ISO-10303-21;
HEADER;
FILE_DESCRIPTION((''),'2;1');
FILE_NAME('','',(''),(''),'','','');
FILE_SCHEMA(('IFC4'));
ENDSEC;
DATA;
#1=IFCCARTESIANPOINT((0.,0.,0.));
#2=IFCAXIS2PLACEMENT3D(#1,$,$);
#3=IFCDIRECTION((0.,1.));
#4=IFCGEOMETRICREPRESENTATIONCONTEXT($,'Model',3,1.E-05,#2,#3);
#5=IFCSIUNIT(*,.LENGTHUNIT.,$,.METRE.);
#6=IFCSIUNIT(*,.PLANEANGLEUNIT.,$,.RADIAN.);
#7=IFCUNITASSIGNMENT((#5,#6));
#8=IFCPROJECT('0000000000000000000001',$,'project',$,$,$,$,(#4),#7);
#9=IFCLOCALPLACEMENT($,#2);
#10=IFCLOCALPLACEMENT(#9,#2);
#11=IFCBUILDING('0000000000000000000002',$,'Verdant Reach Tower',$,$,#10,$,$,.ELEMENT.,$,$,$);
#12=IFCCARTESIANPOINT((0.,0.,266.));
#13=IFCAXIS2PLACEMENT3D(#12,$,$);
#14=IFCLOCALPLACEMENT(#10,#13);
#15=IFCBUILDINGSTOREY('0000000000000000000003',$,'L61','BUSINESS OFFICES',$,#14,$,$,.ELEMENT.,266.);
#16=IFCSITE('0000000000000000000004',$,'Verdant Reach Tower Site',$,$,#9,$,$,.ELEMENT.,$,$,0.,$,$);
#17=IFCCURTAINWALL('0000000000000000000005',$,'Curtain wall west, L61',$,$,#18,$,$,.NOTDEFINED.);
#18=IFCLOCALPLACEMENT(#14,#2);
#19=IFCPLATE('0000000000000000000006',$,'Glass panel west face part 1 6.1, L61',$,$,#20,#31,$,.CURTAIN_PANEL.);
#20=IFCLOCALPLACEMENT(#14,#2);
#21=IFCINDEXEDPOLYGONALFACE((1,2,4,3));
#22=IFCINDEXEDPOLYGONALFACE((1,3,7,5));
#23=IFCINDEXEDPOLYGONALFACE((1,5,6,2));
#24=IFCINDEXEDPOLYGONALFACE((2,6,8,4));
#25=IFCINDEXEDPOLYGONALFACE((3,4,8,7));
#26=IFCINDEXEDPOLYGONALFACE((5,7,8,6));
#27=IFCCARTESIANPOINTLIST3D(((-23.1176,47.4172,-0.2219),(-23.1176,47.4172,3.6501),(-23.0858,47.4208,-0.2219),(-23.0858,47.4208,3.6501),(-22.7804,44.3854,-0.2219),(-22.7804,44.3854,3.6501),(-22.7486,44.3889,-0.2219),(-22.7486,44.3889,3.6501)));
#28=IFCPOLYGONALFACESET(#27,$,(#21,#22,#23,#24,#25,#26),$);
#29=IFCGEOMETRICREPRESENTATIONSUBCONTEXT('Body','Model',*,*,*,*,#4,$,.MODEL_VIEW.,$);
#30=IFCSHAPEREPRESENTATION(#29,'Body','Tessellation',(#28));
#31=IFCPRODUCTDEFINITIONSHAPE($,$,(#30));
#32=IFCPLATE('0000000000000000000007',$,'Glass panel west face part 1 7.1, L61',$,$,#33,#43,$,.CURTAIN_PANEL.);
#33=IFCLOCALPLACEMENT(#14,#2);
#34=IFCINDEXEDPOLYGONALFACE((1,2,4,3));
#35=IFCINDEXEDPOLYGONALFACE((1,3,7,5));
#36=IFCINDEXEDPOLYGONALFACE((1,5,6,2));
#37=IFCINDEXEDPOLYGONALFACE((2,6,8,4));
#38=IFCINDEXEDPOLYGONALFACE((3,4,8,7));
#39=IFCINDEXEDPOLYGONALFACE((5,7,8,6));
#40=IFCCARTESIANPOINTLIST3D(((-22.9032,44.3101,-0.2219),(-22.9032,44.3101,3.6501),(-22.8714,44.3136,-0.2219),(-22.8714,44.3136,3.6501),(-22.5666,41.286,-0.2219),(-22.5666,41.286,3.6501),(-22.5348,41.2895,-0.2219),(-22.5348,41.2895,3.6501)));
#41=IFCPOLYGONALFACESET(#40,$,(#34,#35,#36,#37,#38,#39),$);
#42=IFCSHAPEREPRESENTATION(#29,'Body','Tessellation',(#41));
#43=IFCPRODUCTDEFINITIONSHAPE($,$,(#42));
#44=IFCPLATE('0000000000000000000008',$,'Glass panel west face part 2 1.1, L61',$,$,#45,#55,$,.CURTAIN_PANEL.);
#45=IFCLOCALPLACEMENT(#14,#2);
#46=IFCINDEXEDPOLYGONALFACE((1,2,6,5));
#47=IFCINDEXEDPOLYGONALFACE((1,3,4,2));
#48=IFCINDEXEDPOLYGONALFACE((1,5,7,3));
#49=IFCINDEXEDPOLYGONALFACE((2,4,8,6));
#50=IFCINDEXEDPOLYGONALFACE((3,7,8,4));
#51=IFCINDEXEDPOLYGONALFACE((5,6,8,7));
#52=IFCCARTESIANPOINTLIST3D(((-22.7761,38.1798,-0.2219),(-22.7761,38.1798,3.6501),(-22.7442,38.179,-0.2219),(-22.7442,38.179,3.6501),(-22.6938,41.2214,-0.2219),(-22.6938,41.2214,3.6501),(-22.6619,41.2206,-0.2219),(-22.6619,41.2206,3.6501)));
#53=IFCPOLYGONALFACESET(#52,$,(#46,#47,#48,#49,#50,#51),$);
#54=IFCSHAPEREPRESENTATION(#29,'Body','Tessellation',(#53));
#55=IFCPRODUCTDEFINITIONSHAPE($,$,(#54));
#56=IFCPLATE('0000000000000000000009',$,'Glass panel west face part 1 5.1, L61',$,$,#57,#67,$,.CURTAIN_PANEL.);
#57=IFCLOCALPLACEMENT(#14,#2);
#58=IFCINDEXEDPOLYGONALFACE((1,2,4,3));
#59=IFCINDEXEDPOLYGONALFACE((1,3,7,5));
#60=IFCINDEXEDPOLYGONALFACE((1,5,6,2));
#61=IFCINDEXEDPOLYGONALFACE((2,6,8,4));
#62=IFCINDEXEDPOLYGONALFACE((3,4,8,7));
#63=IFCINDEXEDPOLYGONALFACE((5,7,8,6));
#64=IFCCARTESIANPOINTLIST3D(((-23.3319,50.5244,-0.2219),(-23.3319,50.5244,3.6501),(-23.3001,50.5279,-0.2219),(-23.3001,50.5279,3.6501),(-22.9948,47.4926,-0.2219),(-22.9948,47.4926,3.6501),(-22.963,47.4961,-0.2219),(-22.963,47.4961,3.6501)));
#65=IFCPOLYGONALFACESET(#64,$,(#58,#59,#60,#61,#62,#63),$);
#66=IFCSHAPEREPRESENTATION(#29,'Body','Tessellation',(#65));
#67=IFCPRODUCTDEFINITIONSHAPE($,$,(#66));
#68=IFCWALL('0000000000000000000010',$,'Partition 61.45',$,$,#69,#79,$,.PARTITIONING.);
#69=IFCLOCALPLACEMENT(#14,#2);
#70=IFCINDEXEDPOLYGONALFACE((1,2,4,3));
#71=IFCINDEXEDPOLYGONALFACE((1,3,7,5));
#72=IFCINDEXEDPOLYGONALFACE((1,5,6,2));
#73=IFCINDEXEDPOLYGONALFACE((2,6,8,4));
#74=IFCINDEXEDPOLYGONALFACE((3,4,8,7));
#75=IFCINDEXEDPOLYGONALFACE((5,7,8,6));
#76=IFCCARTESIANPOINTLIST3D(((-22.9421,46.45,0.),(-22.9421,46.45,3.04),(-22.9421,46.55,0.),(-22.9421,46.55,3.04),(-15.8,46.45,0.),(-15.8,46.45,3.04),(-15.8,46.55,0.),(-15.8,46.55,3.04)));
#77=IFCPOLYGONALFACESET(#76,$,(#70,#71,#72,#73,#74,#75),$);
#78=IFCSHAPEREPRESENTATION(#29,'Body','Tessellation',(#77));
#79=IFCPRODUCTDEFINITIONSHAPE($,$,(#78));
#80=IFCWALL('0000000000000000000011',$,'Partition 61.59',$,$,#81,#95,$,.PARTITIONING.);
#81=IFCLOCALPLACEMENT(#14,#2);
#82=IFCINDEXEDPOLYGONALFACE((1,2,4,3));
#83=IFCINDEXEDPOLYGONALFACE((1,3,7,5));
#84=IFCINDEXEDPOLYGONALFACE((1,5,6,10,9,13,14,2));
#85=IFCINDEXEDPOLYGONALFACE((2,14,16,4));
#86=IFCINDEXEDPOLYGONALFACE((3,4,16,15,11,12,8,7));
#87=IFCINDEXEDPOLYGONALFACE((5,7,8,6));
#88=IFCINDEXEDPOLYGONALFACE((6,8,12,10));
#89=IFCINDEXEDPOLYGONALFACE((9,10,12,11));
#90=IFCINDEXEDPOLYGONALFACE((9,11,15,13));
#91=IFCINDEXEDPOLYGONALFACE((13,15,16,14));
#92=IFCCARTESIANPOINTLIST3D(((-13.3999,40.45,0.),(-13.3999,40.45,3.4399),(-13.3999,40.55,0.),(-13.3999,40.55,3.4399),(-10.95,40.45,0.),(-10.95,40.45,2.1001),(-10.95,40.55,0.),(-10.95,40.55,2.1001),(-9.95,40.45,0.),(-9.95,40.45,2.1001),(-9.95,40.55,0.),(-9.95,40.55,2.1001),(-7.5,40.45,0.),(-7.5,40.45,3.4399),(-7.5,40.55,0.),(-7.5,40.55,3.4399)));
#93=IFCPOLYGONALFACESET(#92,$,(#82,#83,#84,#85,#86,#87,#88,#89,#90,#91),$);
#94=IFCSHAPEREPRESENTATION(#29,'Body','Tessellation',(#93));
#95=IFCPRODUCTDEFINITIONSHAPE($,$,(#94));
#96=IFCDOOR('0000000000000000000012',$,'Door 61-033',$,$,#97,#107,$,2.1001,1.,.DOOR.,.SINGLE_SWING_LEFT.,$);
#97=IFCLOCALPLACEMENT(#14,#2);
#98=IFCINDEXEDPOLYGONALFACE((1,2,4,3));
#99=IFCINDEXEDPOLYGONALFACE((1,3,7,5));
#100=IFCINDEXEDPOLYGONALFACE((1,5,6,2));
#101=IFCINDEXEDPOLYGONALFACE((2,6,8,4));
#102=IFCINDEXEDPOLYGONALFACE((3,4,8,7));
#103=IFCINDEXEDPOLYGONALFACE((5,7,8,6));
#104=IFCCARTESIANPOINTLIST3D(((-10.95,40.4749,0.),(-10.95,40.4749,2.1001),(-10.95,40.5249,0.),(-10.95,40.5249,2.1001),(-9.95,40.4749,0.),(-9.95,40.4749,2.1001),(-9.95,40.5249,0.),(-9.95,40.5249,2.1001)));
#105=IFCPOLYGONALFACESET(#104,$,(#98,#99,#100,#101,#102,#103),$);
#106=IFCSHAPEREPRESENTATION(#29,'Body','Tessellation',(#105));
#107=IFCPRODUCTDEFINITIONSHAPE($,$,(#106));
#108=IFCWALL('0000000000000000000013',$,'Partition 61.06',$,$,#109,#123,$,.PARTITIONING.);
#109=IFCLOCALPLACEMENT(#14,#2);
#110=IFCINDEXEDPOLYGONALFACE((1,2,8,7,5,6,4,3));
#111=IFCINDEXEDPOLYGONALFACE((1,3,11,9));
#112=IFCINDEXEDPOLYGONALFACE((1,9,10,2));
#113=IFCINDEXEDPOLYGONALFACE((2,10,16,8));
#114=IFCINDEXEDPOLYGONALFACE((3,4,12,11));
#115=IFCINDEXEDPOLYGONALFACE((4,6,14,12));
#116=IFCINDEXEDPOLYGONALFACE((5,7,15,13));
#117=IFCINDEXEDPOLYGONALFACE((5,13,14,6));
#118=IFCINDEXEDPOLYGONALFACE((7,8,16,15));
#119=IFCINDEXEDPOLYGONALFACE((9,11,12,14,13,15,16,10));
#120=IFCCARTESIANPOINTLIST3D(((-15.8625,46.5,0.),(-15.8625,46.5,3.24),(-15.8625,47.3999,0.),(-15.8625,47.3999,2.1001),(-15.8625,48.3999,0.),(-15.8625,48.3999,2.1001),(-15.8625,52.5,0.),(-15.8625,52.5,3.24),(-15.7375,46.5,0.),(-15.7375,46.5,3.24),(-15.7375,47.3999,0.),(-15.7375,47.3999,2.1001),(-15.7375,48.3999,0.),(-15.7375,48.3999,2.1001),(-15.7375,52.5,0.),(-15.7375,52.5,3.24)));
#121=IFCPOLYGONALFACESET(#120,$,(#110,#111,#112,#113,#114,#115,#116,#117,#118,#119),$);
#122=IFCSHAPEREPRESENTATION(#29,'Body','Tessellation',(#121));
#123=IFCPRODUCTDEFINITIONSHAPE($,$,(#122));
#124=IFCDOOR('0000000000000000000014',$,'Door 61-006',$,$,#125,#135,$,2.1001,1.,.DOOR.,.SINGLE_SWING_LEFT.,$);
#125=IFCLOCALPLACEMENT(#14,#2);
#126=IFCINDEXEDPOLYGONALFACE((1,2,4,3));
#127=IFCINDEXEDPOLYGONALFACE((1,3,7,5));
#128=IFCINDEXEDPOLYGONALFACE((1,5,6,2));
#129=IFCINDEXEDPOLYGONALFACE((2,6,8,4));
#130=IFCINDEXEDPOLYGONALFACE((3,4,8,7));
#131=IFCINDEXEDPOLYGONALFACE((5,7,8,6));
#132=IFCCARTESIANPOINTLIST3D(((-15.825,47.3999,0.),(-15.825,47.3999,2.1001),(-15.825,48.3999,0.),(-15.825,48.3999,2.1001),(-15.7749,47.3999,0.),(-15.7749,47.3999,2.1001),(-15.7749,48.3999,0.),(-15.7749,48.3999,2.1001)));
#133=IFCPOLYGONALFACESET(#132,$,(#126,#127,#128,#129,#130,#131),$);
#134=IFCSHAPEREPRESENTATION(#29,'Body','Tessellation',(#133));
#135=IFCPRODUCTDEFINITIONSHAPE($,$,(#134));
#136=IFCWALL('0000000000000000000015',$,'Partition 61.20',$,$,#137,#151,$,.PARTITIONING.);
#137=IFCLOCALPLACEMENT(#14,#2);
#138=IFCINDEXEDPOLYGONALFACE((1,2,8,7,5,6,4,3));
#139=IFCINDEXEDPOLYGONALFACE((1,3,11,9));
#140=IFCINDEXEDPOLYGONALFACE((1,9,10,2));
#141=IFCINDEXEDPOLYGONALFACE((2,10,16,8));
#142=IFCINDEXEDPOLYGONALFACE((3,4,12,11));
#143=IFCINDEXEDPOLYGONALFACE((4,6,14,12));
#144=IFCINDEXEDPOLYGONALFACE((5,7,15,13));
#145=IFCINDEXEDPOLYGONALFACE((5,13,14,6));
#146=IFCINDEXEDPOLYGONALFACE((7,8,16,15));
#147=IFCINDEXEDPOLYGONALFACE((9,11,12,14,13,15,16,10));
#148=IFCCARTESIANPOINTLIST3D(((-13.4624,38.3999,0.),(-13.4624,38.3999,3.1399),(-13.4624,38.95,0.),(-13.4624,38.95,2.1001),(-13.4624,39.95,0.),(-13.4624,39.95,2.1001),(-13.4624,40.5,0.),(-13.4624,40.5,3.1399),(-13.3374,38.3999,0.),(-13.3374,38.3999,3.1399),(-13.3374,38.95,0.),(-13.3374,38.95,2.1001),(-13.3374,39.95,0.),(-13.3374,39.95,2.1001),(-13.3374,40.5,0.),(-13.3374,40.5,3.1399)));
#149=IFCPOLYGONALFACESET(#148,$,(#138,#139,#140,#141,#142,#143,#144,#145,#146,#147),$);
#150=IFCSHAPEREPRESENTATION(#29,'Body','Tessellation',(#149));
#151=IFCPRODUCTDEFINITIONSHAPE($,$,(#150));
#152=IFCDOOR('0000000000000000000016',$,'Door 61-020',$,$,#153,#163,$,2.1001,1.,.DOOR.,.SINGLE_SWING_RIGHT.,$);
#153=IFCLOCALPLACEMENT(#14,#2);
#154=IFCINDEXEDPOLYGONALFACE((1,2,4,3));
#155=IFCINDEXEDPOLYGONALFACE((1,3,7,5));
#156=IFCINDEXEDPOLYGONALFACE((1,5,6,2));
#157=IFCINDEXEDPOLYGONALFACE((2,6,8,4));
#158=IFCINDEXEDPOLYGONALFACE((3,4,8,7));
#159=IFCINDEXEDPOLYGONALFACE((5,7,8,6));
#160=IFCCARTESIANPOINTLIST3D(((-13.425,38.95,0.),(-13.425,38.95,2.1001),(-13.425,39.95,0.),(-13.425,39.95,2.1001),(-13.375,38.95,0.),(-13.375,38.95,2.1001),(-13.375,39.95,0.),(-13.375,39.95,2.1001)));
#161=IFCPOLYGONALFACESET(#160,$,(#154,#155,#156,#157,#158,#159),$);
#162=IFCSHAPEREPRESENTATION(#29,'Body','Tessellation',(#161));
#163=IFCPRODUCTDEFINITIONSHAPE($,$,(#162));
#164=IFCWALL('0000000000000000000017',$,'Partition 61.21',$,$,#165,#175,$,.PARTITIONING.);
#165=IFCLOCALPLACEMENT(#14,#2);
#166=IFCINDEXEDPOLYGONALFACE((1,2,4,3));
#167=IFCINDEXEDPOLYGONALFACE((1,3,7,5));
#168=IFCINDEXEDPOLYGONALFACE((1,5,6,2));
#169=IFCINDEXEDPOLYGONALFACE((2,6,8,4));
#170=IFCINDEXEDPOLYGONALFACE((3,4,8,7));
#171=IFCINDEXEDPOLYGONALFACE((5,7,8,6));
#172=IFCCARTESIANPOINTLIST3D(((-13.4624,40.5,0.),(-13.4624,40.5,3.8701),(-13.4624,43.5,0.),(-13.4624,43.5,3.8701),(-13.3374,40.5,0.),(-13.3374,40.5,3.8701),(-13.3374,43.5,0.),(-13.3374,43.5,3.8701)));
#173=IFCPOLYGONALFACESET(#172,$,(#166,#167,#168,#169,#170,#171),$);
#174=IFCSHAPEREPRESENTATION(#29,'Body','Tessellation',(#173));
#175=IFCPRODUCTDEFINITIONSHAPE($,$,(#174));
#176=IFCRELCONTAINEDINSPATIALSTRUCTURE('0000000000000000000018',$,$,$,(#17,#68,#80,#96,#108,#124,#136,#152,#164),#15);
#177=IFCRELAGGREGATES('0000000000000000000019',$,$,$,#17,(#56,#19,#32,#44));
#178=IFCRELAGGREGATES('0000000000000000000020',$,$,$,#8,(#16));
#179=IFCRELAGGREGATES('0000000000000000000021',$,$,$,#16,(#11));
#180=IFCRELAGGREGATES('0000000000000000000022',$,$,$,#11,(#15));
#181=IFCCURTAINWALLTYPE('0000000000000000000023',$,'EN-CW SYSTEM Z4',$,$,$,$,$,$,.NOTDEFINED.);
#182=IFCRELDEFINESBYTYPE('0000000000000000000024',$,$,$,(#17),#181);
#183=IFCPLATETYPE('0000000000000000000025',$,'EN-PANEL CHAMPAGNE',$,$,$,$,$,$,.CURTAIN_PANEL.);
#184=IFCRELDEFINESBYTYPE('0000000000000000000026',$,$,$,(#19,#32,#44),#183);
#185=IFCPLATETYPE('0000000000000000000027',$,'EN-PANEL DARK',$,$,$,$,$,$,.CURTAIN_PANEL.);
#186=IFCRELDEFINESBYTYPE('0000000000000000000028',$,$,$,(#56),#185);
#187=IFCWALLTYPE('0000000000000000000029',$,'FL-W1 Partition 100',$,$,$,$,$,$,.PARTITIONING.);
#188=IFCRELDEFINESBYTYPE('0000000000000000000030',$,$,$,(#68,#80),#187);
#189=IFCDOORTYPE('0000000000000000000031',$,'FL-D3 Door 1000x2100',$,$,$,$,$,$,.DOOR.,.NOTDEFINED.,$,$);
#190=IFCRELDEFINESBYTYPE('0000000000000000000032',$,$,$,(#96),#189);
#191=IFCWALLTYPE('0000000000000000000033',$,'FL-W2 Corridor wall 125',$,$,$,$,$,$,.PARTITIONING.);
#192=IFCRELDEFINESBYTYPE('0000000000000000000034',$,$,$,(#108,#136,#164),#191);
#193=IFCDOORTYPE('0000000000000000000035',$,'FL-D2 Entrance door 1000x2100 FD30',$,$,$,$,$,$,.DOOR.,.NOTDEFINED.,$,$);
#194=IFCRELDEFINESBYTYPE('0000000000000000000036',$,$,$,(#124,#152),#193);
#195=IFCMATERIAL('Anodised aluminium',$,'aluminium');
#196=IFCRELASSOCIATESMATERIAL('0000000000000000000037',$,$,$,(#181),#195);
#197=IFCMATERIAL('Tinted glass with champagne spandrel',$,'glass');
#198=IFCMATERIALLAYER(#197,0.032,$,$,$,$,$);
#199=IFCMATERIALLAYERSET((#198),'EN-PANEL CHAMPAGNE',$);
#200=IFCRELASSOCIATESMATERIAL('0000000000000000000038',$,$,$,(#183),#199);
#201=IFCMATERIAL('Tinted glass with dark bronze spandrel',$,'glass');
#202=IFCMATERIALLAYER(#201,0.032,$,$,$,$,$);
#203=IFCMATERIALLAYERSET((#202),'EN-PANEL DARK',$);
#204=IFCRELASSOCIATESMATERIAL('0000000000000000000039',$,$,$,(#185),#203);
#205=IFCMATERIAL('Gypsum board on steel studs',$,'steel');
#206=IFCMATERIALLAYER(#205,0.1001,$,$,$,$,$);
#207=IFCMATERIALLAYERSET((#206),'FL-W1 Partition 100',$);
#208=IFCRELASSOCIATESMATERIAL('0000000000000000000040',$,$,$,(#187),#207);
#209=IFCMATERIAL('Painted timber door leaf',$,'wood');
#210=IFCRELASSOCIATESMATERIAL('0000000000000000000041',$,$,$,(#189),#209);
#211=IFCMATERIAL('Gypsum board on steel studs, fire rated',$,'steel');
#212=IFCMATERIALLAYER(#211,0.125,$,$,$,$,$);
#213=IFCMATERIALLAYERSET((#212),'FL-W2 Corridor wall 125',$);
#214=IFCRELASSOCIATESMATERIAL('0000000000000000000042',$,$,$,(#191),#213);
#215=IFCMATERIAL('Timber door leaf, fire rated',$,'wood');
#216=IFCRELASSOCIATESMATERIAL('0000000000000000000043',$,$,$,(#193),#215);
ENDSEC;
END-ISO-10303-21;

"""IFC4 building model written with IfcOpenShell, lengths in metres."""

from ifc_helpers import new_model, si_unit, direction, frame, frame_2d, origin, origin_2d, place, context, subcontext, project, spatial, rectangle, extrude, material, layer, layer_set, type_object, element, fill, aggregate, save


model = new_model("IFC4")

# Units and contexts
model_context = context("Model", 3, precision=1e-05, world=origin(), true_north=direction((0.0, 1.0)))
body_context = subcontext(model_context, "Body", "Model", "MODEL_VIEW")
ifc_project = project(units=[si_unit("LENGTHUNIT", "METRE"), si_unit("PLANEANGLEUNIT", "RADIAN")], contexts=[model_context])

# Site, building, storey
site_placement = place(None, origin())
site = spatial("IfcSite", under=ifc_project, at=site_placement, Name="Verdant Reach Tower Site", CompositionType="ELEMENT", RefElevation=0.0)
building_placement = place(site_placement, origin())
building = spatial("IfcBuilding", under=site, at=building_placement, Name="Verdant Reach Tower", CompositionType="ELEMENT")
storey_placement = place(building_placement, frame((0.0, 0.0, 266.0)))
storey = spatial("IfcBuildingStorey", under=building, at=storey_placement, Name="L61", Description="BUSINESS OFFICES", CompositionType="ELEMENT", Elevation=266.0)

# Curtain wall
ifc_material_1 = material(Name="Anodised aluminium", Category="aluminium")
curtain_wall_type = type_object("IfcCurtainWallType", Name="EN-CW SYSTEM Z4", PredefinedType="NOTDEFINED", material=ifc_material_1)
curtain_wall_placement = place(storey_placement, origin())
curtain_wall = element("IfcCurtainWall", 1, at=curtain_wall_placement, inside=storey, type_object=curtain_wall_type, Name="Curtain wall west, L61", PredefinedType="NOTDEFINED")

# Plates
ifc_material_2 = material(Name="Tinted glass with champagne spandrel", Category="glass")
ifc_layer_1 = layer(ifc_material_2, 0.032)
ifc_layer_set_1 = layer_set([ifc_layer_1], Name="EN-PANEL CHAMPAGNE")
plate_type_1 = type_object("IfcPlateType", Name="EN-PANEL CHAMPAGNE", PredefinedType="CURTAIN_PANEL", material=ifc_layer_set_1)
plate_1_placement = place(storey_placement, frame((-22.9331, 45.9031, -0.2219), z_axis=(0.0, 0.0, 1.0), x_axis=(0.110518, -0.993874, 0.0)))
plate_1 = element("IfcPlate", 2, at=plate_1_placement, type_object=plate_type_1, Name="Glass panel west face part 1 6.1, L61", PredefinedType="CURTAIN_PANEL", context=body_context, shape_type="SweptSolid", body=[
    extrude(rectangle(XDim=3.0505, YDim=0.032, at=origin_2d()), origin(), (0.0, 0.0, 1.0), 3.8721),
])
plate_2_placement = place(storey_placement, frame((-22.719, 42.7998, -0.2219), z_axis=(0.0, 0.0, 1.0), x_axis=(0.110603, -0.993865, 0.0)))
plate_2 = element("IfcPlate", 3, at=plate_2_placement, type_object=plate_type_1, Name="Glass panel west face part 1 7.1, L61", PredefinedType="CURTAIN_PANEL", context=body_context, shape_type="SweptSolid", body=[
    extrude(rectangle(XDim=3.0427, YDim=0.032, at=origin_2d()), origin(), (0.0, 0.0, 1.0), 3.8721),
])
plate_3_placement = place(storey_placement, frame((-22.719, 39.7002, -0.2219), z_axis=(0.0, 0.0, 1.0), x_axis=(-0.027051, -0.999634, 0.0)))
plate_3 = element("IfcPlate", 4, at=plate_3_placement, type_object=plate_type_1, Name="Glass panel west face part 2 1.1, L61", PredefinedType="CURTAIN_PANEL", context=body_context, shape_type="SweptSolid", body=[
    extrude(rectangle(XDim=3.0427, YDim=0.032, at=origin_2d()), origin(), (0.0, 0.0, 1.0), 3.8721),
])
ifc_material_3 = material(Name="Tinted glass with dark bronze spandrel", Category="glass")
ifc_layer_2 = layer(ifc_material_3, 0.032)
ifc_layer_set_2 = layer_set([ifc_layer_2], Name="EN-PANEL DARK")
plate_type_2 = type_object("IfcPlateType", Name="EN-PANEL DARK", PredefinedType="CURTAIN_PANEL", material=ifc_layer_set_2)
plate_4_placement = place(storey_placement, frame((-23.1475, 49.0103, -0.2219), z_axis=(0.0, 0.0, 1.0), x_axis=(0.110518, -0.993874, 0.0)))
plate_4 = element("IfcPlate", 5, at=plate_4_placement, type_object=plate_type_2, Name="Glass panel west face part 1 5.1, L61", PredefinedType="CURTAIN_PANEL", context=body_context, shape_type="SweptSolid", body=[
    extrude(rectangle(XDim=3.0505, YDim=0.032, at=origin_2d()), origin(), (0.0, 0.0, 1.0), 3.8721),
])
aggregate(curtain_wall, [plate_4, plate_1, plate_2, plate_3])

# Wall
ifc_material_4 = material(Name="Gypsum board on steel studs", Category="steel")
ifc_layer_3 = layer(ifc_material_4, 0.1001)
ifc_layer_set_3 = layer_set([ifc_layer_3], Name="FL-W1 Partition 100")
wall_type_1 = type_object("IfcWallType", Name="FL-W1 Partition 100", PredefinedType="PARTITIONING", material=ifc_layer_set_3)
wall_1_placement = place(storey_placement, frame((-15.8, 46.5, 0.0), z_axis=(0.0, 0.0, 1.0), x_axis=(-1.0, 0.0, 0.0)))
element("IfcWall", 6, at=wall_1_placement, inside=storey, type_object=wall_type_1, Name="Partition 61.45", PredefinedType="PARTITIONING", context=body_context, shape_type="SweptSolid", body=[
    extrude(rectangle(XDim=7.1421, YDim=0.1001, at=frame_2d((3.571, 0.0))), origin(), (0.0, 0.0, 1.0), 3.04),
])

# Walls, openings, doors
wall_2_placement = place(storey_placement, frame((-13.3999, 40.5, 0.0), z_axis=(0.0, 0.0, 1.0), x_axis=(1.0, 0.0, 0.0)))
wall_2 = element("IfcWall", 7, at=wall_2_placement, inside=storey, type_object=wall_type_1, Name="Partition 61.59", PredefinedType="PARTITIONING", context=body_context, shape_type="SweptSolid", body=[
    extrude(rectangle(XDim=5.8999, YDim=0.1001, at=frame_2d((2.95, 0.0))), origin(), (0.0, 0.0, 1.0), 3.4399),
])
opening_1_placement = place(wall_2_placement, frame((2.45, 0.0, 0.0)))
opening_1 = element("IfcOpeningElement", 8, at=opening_1_placement, cuts=wall_2, PredefinedType="OPENING", context=body_context, shape_type="SweptSolid", body=[
    extrude(rectangle(XDim=1.0, YDim=2.1001, at=frame_2d((0.5, 1.05))), frame((0.0, 0.0601, 0.0), z_axis=(0.0, -1.0, 0.0), x_axis=(1.0, 0.0, 0.0)), (0.0, 0.0, 1.0), 0.1201),
])
ifc_material_5 = material(Name="Painted timber door leaf", Category="wood")
door_type_1 = type_object("IfcDoorType", Name="FL-D3 Door 1000x2100", OperationType="NOTDEFINED", PredefinedType="DOOR", material=ifc_material_5)
door_1_placement = place(opening_1_placement, origin())
door_1 = element("IfcDoor", 9, at=door_1_placement, inside=storey, type_object=door_type_1, Name="Door 61-033", OperationType="SINGLE_SWING_LEFT", OverallHeight=2.1001, OverallWidth=1.0, PredefinedType="DOOR", context=body_context, shape_type="SweptSolid", body=[
    extrude(rectangle(XDim=1.0, YDim=2.1001, at=frame_2d((0.5, 1.05))), frame((0.0, 0.0249, 0.0), z_axis=(0.0, -1.0, 0.0), x_axis=(1.0, 0.0, 0.0)), (0.0, 0.0, 1.0), 0.05),
])
fill(opening_1, door_1)
ifc_material_6 = material(Name="Gypsum board on steel studs, fire rated", Category="steel")
ifc_layer_4 = layer(ifc_material_6, 0.125)
ifc_layer_set_4 = layer_set([ifc_layer_4], Name="FL-W2 Corridor wall 125")
wall_type_2 = type_object("IfcWallType", Name="FL-W2 Corridor wall 125", PredefinedType="PARTITIONING", material=ifc_layer_set_4)
wall_3_placement = place(storey_placement, frame((-15.8, 46.5, 0.0), z_axis=(0.0, 0.0, 1.0), x_axis=(0.0, 1.0, 0.0)))
wall_3 = element("IfcWall", 10, at=wall_3_placement, inside=storey, type_object=wall_type_2, Name="Partition 61.06", PredefinedType="PARTITIONING", context=body_context, shape_type="SweptSolid", body=[
    extrude(rectangle(XDim=6.0, YDim=0.125, at=frame_2d((3.0, 0.0))), origin(), (0.0, 0.0, 1.0), 3.24),
])
opening_2_placement = place(wall_3_placement, frame((0.8999, 0.0, 0.0)))
opening_2 = element("IfcOpeningElement", 11, at=opening_2_placement, cuts=wall_3, PredefinedType="OPENING", context=body_context, shape_type="SweptSolid", body=[
    extrude(rectangle(XDim=1.0, YDim=2.1001, at=frame_2d((0.5, 1.05))), frame((0.0, 0.0725, 0.0), z_axis=(0.0, -1.0, 0.0), x_axis=(1.0, 0.0, 0.0)), (0.0, 0.0, 1.0), 0.145),
])
ifc_material_7 = material(Name="Timber door leaf, fire rated", Category="wood")
door_type_2 = type_object("IfcDoorType", Name="FL-D2 Entrance door 1000x2100 FD30", OperationType="NOTDEFINED", PredefinedType="DOOR", material=ifc_material_7)
door_2_placement = place(opening_2_placement, origin())
door_2 = element("IfcDoor", 12, at=door_2_placement, inside=storey, type_object=door_type_2, Name="Door 61-006", OperationType="SINGLE_SWING_LEFT", OverallHeight=2.1001, OverallWidth=1.0, PredefinedType="DOOR", context=body_context, shape_type="SweptSolid", body=[
    extrude(rectangle(XDim=1.0, YDim=2.1001, at=frame_2d((0.5, 1.05))), frame((0.0, 0.0249, 0.0), z_axis=(0.0, -1.0, 0.0), x_axis=(1.0, 0.0, 0.0)), (0.0, 0.0, 1.0), 0.05),
])
fill(opening_2, door_2)
wall_4_placement = place(storey_placement, frame((-13.3999, 40.5, 0.0), z_axis=(0.0, 0.0, 1.0), x_axis=(0.0, -1.0, 0.0)))
wall_4 = element("IfcWall", 13, at=wall_4_placement, inside=storey, type_object=wall_type_2, Name="Partition 61.20", PredefinedType="PARTITIONING", context=body_context, shape_type="SweptSolid", body=[
    extrude(rectangle(XDim=2.1001, YDim=0.125, at=frame_2d((1.05, 0.0))), origin(), (0.0, 0.0, 1.0), 3.1399),
])
opening_3_placement = place(wall_4_placement, frame((0.55, 0.0, 0.0)))
opening_3 = element("IfcOpeningElement", 14, at=opening_3_placement, cuts=wall_4, PredefinedType="OPENING", context=body_context, shape_type="SweptSolid", body=[
    extrude(rectangle(XDim=1.0, YDim=2.1001, at=frame_2d((0.5, 1.05))), frame((0.0, 0.0725, 0.0), z_axis=(0.0, -1.0, 0.0), x_axis=(1.0, 0.0, 0.0)), (0.0, 0.0, 1.0), 0.145),
])
door_3_placement = place(opening_3_placement, origin())
door_3 = element("IfcDoor", 15, at=door_3_placement, inside=storey, type_object=door_type_2, Name="Door 61-020", OperationType="SINGLE_SWING_RIGHT", OverallHeight=2.1001, OverallWidth=1.0, PredefinedType="DOOR", context=body_context, shape_type="SweptSolid", body=[
    extrude(rectangle(XDim=1.0, YDim=2.1001, at=frame_2d((0.5, 1.05))), frame((0.0, 0.0249, 0.0), z_axis=(0.0, -1.0, 0.0), x_axis=(1.0, 0.0, 0.0)), (0.0, 0.0, 1.0), 0.05),
])
fill(opening_3, door_3)

# Wall
wall_5_placement = place(storey_placement, frame((-13.3999, 40.5, 0.0), z_axis=(0.0, 0.0, 1.0), x_axis=(0.0, 1.0, 0.0)))
element("IfcWall", 16, at=wall_5_placement, inside=storey, type_object=wall_type_2, Name="Partition 61.21", PredefinedType="PARTITIONING", context=body_context, shape_type="SweptSolid", body=[
    extrude(rectangle(XDim=3.0, YDim=0.125, at=frame_2d((1.5, 0.0))), origin(), (0.0, 0.0, 1.0), 3.8701),
])

save(model, "model.ifc")
